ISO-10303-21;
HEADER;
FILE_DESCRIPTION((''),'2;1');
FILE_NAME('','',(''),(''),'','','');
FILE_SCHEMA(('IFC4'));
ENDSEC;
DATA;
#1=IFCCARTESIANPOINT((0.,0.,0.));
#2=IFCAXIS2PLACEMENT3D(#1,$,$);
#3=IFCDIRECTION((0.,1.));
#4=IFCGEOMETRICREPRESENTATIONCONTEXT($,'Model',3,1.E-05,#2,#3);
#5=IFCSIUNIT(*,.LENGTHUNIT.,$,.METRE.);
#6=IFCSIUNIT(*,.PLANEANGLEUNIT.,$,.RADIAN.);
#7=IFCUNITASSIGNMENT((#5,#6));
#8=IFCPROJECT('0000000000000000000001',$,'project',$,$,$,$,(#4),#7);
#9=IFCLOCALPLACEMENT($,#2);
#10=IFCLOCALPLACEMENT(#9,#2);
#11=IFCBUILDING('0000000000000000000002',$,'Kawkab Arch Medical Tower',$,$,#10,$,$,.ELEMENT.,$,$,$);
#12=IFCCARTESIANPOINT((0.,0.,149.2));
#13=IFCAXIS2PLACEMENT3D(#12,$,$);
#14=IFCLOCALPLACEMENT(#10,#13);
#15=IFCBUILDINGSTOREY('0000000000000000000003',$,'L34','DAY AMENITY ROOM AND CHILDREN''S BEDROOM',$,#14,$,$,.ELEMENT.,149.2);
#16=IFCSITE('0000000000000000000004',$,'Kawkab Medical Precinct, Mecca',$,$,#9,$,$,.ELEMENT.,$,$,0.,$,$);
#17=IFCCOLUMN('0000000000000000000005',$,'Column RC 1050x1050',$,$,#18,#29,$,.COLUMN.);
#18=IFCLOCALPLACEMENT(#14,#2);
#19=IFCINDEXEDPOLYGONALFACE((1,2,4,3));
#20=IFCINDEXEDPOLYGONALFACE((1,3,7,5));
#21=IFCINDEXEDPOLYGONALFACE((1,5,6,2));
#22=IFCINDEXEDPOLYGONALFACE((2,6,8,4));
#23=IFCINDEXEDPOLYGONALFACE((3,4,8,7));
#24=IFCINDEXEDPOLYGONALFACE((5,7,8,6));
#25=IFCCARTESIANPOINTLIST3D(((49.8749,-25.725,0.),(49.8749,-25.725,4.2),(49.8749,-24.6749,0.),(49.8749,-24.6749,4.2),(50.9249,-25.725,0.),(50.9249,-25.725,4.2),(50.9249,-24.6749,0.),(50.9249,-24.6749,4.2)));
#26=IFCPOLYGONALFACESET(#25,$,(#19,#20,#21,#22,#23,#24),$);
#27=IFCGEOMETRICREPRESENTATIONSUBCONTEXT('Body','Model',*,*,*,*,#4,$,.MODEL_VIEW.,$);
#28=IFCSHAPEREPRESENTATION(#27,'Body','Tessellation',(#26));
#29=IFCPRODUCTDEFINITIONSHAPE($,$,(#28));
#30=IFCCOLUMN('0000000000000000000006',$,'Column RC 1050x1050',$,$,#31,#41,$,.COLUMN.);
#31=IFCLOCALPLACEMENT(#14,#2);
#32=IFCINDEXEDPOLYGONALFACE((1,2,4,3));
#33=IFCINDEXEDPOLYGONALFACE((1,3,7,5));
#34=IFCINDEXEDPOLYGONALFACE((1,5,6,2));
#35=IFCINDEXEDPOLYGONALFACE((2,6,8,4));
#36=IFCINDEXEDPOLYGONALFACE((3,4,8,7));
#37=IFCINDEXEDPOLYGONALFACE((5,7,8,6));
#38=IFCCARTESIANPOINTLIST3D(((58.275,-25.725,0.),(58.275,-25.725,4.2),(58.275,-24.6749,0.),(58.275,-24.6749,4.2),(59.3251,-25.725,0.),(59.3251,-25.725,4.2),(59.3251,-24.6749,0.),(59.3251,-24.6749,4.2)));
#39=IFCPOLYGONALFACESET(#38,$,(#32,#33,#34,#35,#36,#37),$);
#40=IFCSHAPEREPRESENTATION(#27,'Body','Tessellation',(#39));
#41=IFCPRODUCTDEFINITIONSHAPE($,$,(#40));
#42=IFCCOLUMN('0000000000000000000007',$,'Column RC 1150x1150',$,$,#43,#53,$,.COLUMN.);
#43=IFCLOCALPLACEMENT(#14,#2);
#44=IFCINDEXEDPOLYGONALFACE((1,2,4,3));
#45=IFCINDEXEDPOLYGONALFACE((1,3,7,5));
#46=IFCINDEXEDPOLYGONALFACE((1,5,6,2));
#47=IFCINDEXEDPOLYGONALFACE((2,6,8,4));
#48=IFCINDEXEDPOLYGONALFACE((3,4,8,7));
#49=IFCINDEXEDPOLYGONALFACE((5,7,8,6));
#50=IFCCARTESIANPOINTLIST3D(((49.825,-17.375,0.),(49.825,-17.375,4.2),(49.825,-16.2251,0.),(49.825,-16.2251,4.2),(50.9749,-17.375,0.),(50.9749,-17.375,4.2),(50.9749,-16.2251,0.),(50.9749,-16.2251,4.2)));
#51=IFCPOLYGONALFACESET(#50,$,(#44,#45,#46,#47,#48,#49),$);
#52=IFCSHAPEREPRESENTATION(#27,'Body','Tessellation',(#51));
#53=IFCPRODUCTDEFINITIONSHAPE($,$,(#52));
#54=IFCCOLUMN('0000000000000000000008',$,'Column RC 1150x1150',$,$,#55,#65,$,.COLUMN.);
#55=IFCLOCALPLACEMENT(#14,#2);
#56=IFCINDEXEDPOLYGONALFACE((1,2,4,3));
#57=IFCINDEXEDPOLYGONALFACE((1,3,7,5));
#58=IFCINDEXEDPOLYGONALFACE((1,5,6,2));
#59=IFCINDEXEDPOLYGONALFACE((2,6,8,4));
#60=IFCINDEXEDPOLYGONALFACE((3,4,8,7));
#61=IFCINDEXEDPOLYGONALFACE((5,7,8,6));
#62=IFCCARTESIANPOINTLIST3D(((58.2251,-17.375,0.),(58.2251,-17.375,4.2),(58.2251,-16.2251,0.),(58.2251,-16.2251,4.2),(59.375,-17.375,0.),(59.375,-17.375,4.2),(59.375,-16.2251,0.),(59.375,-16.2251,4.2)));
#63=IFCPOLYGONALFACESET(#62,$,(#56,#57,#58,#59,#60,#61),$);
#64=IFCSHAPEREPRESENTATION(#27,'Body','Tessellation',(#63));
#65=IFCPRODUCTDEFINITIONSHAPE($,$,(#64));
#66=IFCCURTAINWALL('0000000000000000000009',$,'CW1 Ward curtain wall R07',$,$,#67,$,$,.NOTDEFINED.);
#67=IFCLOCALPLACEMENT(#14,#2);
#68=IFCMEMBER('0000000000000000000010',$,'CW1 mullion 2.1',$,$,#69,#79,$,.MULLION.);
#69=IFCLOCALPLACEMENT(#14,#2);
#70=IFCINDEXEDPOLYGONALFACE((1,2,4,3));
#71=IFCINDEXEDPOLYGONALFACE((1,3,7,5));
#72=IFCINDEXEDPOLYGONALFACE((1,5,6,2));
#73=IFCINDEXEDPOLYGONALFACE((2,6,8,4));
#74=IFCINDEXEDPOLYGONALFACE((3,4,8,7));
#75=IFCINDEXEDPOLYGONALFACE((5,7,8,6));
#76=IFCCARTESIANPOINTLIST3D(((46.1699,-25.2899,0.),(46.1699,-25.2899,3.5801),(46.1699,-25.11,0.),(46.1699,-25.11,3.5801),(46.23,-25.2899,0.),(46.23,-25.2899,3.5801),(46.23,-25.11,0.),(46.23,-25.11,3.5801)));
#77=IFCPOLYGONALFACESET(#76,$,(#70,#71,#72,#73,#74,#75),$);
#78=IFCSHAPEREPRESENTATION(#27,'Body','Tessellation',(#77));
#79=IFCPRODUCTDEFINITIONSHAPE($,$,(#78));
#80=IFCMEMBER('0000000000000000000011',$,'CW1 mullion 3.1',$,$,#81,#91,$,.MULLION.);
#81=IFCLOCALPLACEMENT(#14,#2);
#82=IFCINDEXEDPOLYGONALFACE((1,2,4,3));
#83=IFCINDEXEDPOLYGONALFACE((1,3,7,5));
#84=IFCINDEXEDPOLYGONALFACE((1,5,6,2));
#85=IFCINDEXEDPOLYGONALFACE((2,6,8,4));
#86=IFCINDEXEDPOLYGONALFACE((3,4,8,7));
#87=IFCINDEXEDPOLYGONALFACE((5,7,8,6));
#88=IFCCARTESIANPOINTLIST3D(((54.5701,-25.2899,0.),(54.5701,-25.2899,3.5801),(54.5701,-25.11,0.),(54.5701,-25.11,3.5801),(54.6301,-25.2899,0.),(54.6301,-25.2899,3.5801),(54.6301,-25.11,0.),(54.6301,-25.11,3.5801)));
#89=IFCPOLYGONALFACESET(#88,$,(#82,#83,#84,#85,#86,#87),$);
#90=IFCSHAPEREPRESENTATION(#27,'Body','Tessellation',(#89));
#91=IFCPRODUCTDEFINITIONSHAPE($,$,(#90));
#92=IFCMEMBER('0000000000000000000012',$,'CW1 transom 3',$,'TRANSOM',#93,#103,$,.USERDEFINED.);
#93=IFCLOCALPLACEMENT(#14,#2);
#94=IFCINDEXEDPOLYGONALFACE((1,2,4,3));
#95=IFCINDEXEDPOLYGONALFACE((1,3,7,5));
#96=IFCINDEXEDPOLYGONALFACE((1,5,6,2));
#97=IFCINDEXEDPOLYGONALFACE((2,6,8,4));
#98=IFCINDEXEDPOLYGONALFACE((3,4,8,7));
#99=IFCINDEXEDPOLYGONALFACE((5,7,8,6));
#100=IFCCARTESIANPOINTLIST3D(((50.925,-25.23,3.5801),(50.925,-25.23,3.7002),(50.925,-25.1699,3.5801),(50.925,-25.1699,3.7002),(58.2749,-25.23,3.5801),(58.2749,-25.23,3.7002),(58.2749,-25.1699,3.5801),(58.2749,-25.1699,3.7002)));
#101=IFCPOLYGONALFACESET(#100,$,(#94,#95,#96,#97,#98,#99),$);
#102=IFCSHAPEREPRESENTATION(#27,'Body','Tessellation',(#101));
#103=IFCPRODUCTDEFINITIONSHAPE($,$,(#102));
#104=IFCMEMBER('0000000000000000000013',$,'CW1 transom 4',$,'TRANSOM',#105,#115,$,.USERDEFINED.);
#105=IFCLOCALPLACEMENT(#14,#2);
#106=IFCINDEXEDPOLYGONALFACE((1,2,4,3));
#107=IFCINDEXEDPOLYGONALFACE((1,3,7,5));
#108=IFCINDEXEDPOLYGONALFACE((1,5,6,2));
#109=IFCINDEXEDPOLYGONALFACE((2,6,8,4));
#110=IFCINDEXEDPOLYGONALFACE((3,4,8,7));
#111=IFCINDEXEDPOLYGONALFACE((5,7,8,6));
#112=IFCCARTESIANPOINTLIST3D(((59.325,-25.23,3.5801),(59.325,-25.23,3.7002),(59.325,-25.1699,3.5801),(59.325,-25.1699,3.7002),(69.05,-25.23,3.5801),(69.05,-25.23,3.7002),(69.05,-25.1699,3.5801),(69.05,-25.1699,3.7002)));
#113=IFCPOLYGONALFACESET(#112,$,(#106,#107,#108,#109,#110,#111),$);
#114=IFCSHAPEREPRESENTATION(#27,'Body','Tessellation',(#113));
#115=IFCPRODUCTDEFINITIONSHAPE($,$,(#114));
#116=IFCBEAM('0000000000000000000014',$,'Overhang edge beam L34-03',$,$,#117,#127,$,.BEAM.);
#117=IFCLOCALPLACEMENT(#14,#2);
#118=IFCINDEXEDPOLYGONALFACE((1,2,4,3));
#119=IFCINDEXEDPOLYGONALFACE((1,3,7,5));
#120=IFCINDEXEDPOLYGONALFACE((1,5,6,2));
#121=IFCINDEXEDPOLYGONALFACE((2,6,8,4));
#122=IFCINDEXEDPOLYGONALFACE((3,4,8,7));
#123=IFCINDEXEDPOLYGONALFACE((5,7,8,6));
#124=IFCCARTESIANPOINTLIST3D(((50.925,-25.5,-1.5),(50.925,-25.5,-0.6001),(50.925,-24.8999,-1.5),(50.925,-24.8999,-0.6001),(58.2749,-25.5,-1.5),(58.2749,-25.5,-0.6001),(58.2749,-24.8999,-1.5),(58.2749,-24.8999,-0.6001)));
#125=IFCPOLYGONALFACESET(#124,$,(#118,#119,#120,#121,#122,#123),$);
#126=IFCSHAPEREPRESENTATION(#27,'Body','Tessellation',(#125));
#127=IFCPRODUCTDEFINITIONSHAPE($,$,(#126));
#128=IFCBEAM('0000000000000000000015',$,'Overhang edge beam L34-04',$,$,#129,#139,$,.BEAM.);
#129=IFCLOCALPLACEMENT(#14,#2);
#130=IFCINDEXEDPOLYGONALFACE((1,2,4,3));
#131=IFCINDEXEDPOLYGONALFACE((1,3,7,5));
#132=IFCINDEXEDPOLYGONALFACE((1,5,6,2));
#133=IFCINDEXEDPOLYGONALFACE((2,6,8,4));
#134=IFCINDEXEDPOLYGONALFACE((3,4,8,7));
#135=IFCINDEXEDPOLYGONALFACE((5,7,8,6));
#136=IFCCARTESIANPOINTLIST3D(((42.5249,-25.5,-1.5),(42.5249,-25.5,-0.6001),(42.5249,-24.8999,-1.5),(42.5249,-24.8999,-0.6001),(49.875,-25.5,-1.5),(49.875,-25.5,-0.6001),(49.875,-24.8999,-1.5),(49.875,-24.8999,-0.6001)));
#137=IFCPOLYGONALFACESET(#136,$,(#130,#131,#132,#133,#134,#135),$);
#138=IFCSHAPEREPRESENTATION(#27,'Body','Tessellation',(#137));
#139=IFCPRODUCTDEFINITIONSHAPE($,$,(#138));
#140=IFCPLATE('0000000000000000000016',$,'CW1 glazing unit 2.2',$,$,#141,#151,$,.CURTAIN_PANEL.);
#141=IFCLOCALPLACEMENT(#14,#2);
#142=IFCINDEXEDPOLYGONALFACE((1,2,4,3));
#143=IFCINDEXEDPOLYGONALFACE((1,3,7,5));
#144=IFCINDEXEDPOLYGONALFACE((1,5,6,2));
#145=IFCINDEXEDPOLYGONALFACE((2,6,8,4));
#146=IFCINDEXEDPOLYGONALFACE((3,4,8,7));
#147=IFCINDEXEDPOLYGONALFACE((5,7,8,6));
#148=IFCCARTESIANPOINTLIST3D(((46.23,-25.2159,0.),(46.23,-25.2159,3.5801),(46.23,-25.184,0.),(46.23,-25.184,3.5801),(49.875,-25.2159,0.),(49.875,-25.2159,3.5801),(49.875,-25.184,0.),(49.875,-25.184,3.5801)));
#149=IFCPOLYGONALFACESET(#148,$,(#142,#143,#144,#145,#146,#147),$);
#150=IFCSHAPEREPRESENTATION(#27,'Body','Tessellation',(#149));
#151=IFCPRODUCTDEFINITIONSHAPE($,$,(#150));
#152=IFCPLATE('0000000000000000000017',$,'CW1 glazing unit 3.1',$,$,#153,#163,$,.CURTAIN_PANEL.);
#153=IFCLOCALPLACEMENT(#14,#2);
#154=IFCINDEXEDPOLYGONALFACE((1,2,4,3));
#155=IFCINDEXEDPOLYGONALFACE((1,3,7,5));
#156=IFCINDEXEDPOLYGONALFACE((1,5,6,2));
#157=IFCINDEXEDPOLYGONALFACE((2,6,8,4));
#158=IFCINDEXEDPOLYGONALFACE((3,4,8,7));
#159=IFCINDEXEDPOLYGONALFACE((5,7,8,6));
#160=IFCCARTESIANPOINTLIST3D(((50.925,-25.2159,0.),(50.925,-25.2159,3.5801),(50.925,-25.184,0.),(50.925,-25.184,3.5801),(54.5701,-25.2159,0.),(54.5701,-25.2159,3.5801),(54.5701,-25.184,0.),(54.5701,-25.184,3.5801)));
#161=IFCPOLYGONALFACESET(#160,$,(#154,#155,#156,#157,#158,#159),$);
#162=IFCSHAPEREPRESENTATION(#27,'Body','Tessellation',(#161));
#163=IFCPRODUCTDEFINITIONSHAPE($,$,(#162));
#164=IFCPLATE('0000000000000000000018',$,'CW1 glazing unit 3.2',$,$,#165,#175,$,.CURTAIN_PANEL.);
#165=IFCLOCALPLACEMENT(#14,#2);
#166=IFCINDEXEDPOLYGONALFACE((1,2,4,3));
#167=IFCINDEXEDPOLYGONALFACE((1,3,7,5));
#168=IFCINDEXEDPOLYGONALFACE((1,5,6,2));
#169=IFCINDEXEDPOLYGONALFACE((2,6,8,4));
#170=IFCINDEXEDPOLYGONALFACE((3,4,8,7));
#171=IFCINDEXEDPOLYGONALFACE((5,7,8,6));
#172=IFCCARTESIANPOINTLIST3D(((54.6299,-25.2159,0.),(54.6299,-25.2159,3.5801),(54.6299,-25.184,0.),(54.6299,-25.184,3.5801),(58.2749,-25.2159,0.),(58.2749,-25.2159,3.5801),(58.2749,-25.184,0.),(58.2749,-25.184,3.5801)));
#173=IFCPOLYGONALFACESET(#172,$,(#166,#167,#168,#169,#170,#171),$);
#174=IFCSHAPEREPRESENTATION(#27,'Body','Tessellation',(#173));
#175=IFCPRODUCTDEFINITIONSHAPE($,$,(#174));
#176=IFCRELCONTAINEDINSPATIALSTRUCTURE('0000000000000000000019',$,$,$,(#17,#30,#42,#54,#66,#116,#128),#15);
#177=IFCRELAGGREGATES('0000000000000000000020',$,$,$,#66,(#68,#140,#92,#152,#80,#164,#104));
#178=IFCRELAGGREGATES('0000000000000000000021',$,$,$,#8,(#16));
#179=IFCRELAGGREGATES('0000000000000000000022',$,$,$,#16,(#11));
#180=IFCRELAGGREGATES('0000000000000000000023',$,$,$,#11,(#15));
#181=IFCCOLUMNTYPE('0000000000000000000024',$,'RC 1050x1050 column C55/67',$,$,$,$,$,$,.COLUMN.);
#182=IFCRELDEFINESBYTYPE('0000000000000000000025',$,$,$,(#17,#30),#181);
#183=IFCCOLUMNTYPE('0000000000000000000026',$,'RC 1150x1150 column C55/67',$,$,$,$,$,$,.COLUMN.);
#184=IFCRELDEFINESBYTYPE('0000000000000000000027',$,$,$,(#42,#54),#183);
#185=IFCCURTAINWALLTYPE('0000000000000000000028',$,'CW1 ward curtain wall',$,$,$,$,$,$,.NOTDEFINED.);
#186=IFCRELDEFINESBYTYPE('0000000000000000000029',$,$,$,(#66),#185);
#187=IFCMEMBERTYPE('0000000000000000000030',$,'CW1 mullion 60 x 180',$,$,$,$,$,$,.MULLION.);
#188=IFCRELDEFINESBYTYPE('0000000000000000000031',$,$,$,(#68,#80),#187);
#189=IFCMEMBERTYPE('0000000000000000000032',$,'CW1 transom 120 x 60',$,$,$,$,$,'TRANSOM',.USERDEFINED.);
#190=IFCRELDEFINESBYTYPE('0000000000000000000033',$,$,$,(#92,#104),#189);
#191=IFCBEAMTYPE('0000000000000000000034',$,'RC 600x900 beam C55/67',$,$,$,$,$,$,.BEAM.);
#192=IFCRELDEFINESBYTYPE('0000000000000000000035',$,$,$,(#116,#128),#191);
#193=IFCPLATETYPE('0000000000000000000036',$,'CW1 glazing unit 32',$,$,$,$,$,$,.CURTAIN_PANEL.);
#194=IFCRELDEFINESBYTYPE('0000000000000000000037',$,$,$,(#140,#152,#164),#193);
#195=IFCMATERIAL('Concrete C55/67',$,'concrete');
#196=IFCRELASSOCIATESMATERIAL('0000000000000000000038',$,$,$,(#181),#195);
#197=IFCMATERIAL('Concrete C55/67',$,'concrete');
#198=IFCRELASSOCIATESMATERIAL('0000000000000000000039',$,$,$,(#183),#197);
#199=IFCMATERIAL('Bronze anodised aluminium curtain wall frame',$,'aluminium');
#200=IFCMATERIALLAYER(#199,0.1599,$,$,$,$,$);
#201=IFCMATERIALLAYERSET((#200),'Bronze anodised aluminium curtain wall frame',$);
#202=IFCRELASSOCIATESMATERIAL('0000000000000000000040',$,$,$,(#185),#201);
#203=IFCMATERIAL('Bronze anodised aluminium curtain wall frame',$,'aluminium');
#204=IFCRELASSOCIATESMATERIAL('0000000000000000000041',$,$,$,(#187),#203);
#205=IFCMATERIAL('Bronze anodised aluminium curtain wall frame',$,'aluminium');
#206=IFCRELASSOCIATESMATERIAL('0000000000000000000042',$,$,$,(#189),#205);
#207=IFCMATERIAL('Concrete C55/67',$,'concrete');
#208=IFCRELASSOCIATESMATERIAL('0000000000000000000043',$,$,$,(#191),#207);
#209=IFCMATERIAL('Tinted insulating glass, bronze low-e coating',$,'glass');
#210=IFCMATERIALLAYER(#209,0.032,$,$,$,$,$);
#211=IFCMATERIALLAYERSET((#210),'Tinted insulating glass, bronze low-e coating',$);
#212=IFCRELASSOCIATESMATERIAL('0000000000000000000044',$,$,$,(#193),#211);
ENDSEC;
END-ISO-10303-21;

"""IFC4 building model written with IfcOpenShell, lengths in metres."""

from ifc_helpers import new_model, si_unit, direction, frame, origin, origin_2d, place, context, subcontext, project, spatial, rectangle, extrude, material, layer, layer_set, material_profile, profile_set, type_object, element, aggregate, save


model = new_model("IFC4")

# Units and contexts
model_context = context("Model", 3, precision=1e-05, world=origin(), true_north=direction((0.0, 1.0)))
body_context = subcontext(model_context, "Body", "Model", "MODEL_VIEW")
ifc_project = project(units=[si_unit("LENGTHUNIT", "METRE"), si_unit("PLANEANGLEUNIT", "RADIAN")], contexts=[model_context])

# Site, building, storey
site_placement = place(None, origin())
site = spatial("IfcSite", under=ifc_project, at=site_placement, Name="Kawkab Medical Precinct, Mecca", CompositionType="ELEMENT", RefElevation=0.0)
building_placement = place(site_placement, origin())
building = spatial("IfcBuilding", under=site, at=building_placement, Name="Kawkab Arch Medical Tower", CompositionType="ELEMENT")
storey_placement = place(building_placement, frame((0.0, 0.0, 149.2)))
storey = spatial("IfcBuildingStorey", under=building, at=storey_placement, Name="L34", Description="DAY AMENITY ROOM AND CHILDREN'S BEDROOM", CompositionType="ELEMENT", Elevation=149.2)

# Columns
ifc_material_1 = material(Name="Concrete C55/67", Category="concrete")
ifc_material_profile_1 = material_profile(ifc_material_1, rectangle(XDim=1.05, YDim=1.05, at=origin_2d()), Name="RC 1050x1050")
ifc_profile_set_1 = profile_set([ifc_material_profile_1], Name="Concrete C55/67")
column_type_1 = type_object("IfcColumnType", Name="RC 1050x1050 column C55/67", PredefinedType="COLUMN", material=ifc_profile_set_1)
for number, where, z_axis, x_axis, name in (
    (1, (50.3999, -25.2, 0.0), (0.0, 0.0, 1.0), (1.0, 0.0, 0.0), "Column RC 1050x1050"),
    (2, (58.8, -25.2, 0.0), (0.0, 0.0, 1.0), (1.0, 0.0, 0.0), "Column RC 1050x1050"),
):
    element("IfcColumn", number, at=place(storey_placement, frame(where, z_axis=z_axis, x_axis=x_axis)), inside=storey, type_object=column_type_1, Name=name, PredefinedType="COLUMN", context=body_context, shape_type="SweptSolid", body=[
        extrude(rectangle(XDim=1.05, YDim=1.05, at=origin_2d()), origin(), (0.0, 0.0, 1.0), 4.2),
    ])
ifc_material_2 = material(Name="Concrete C55/67", Category="concrete")
ifc_material_profile_2 = material_profile(ifc_material_2, rectangle(XDim=1.1499, YDim=1.1499, at=origin_2d()), Name="RC 1150x1150")
ifc_profile_set_2 = profile_set([ifc_material_profile_2], Name="Concrete C55/67")
column_type_2 = type_object("IfcColumnType", Name="RC 1150x1150 column C55/67", PredefinedType="COLUMN", material=ifc_profile_set_2)
for number, where, z_axis, x_axis, name in (
    (3, (50.3999, -16.8, 0.0), (0.0, 0.0, 1.0), (1.0, 0.0, 0.0), "Column RC 1150x1150"),
    (4, (58.8, -16.8, 0.0), (0.0, 0.0, 1.0), (1.0, 0.0, 0.0), "Column RC 1150x1150"),
):
    element("IfcColumn", number, at=place(storey_placement, frame(where, z_axis=z_axis, x_axis=x_axis)), inside=storey, type_object=column_type_2, Name=name, PredefinedType="COLUMN", context=body_context, shape_type="SweptSolid", body=[
        extrude(rectangle(XDim=1.1499, YDim=1.1499, at=origin_2d()), origin(), (0.0, 0.0, 1.0), 4.2),
    ])

# Curtain wall, members
ifc_material_3 = material(Name="Bronze anodised aluminium curtain wall frame", Category="aluminium")
ifc_layer_1 = layer(ifc_material_3, 0.1599)
ifc_layer_set_1 = layer_set([ifc_layer_1], Name="Bronze anodised aluminium curtain wall frame")
curtain_wall_type = type_object("IfcCurtainWallType", Name="CW1 ward curtain wall", PredefinedType="NOTDEFINED", material=ifc_layer_set_1)
curtain_wall_placement = place(storey_placement, origin())
curtain_wall = element("IfcCurtainWall", 5, at=curtain_wall_placement, inside=storey, type_object=curtain_wall_type, Name="CW1 Ward curtain wall R07", PredefinedType="NOTDEFINED")
ifc_material_4 = material(Name="Bronze anodised aluminium curtain wall frame", Category="aluminium")
ifc_material_profile_3 = material_profile(ifc_material_4, rectangle(XDim=0.1799, YDim=0.0601, at=origin_2d()), Name="AL 60x180")
ifc_profile_set_3 = profile_set([ifc_material_profile_3], Name="Bronze anodised aluminium curtain wall frame")
member_type_1 = type_object("IfcMemberType", Name="CW1 mullion 60 x 180", PredefinedType="MULLION", material=ifc_profile_set_3)
member_1_placement = place(storey_placement, frame((46.2, -25.2, 0.0), z_axis=(0.0, 0.0, 1.0), x_axis=(0.0, 1.0, 0.0)))
member_1 = element("IfcMember", 6, at=member_1_placement, type_object=member_type_1, Name="CW1 mullion 2.1", PredefinedType="MULLION", context=body_context, shape_type="SweptSolid", body=[
    extrude(rectangle(XDim=0.1799, YDim=0.0601, at=origin_2d()), origin(), (0.0, 0.0, 1.0), 3.5801),
])
member_2_placement = place(storey_placement, frame((54.6001, -25.2, 0.0), z_axis=(0.0, 0.0, 1.0), x_axis=(0.0, 1.0, 0.0)))
member_2 = element("IfcMember", 7, at=member_2_placement, type_object=member_type_1, Name="CW1 mullion 3.1", PredefinedType="MULLION", context=body_context, shape_type="SweptSolid", body=[
    extrude(rectangle(XDim=0.1799, YDim=0.0601, at=origin_2d()), origin(), (0.0, 0.0, 1.0), 3.5801),
])
ifc_material_5 = material(Name="Bronze anodised aluminium curtain wall frame", Category="aluminium")
ifc_material_profile_4 = material_profile(ifc_material_5, rectangle(XDim=0.0601, YDim=0.1201, at=origin_2d()), Name="AL 60x120")
ifc_profile_set_4 = profile_set([ifc_material_profile_4], Name="Bronze anodised aluminium curtain wall frame")
member_type_2 = type_object("IfcMemberType", Name="CW1 transom 120 x 60", ElementType="TRANSOM", PredefinedType="USERDEFINED", material=ifc_profile_set_4)
member_3_placement = place(storey_placement, frame((50.925, -25.2, 3.6401), z_axis=(1.0, 0.0, 0.0), x_axis=(0.0, 1.0, 0.0)))
member_3 = element("IfcMember", 8, at=member_3_placement, type_object=member_type_2, Name="CW1 transom 3", ObjectType="TRANSOM", PredefinedType="USERDEFINED", context=body_context, shape_type="SweptSolid", body=[
    extrude(rectangle(XDim=0.0601, YDim=0.1201, at=origin_2d()), origin(), (0.0, 0.0, 1.0), 7.3499),
])
member_4_placement = place(storey_placement, frame((59.325, -25.2, 3.6401), z_axis=(1.0, 0.0, 0.0), x_axis=(0.0, 1.0, 0.0)))
member_4 = element("IfcMember", 9, at=member_4_placement, type_object=member_type_2, Name="CW1 transom 4", ObjectType="TRANSOM", PredefinedType="USERDEFINED", context=body_context, shape_type="SweptSolid", body=[
    extrude(rectangle(XDim=0.0601, YDim=0.1201, at=origin_2d()), origin(), (0.0, 0.0, 1.0), 9.7251),
])

# Beams
ifc_material_6 = material(Name="Concrete C55/67", Category="concrete")
ifc_material_profile_5 = material_profile(ifc_material_6, rectangle(XDim=0.6001, YDim=0.8999, at=origin_2d()), Name="RC 600x900")
ifc_profile_set_5 = profile_set([ifc_material_profile_5], Name="Concrete C55/67")
beam_type = type_object("IfcBeamType", Name="RC 600x900 beam C55/67", PredefinedType="BEAM", material=ifc_profile_set_5)
beam_1_placement = place(storey_placement, frame((58.2749, -25.2, -1.05), z_axis=(-1.0, 0.0, 0.0), x_axis=(0.0, -1.0, 0.0)))
element("IfcBeam", 10, at=beam_1_placement, inside=storey, type_object=beam_type, Name="Overhang edge beam L34-03", PredefinedType="BEAM", context=body_context, shape_type="SweptSolid", body=[
    extrude(rectangle(XDim=0.6001, YDim=0.8999, at=origin_2d()), origin(), (0.0, 0.0, 1.0), 7.3499),
])
beam_2_placement = place(storey_placement, frame((49.875, -25.2, -1.05), z_axis=(-1.0, 0.0, 0.0), x_axis=(0.0, -1.0, 0.0)))
element("IfcBeam", 11, at=beam_2_placement, inside=storey, type_object=beam_type, Name="Overhang edge beam L34-04", PredefinedType="BEAM", context=body_context, shape_type="SweptSolid", body=[
    extrude(rectangle(XDim=0.6001, YDim=0.8999, at=origin_2d()), origin(), (0.0, 0.0, 1.0), 7.3501),
])

# Plates
ifc_material_7 = material(Name="Tinted insulating glass, bronze low-e coating", Category="glass")
ifc_layer_2 = layer(ifc_material_7, 0.032)
ifc_layer_set_2 = layer_set([ifc_layer_2], Name="Tinted insulating glass, bronze low-e coating")
plate_type = type_object("IfcPlateType", Name="CW1 glazing unit 32", PredefinedType="CURTAIN_PANEL", material=ifc_layer_set_2)
plate_1_placement = place(storey_placement, frame((48.0525, -25.2, 0.0), z_axis=(0.0, 0.0, 1.0), x_axis=(1.0, 0.0, 0.0)))
plate_1 = element("IfcPlate", 12, at=plate_1_placement, type_object=plate_type, Name="CW1 glazing unit 2.2", PredefinedType="CURTAIN_PANEL", context=body_context, shape_type="SweptSolid", body=[
    extrude(rectangle(XDim=3.645, YDim=0.032, at=origin_2d()), origin(), (0.0, 0.0, 1.0), 3.5801),
])
plate_2_placement = place(storey_placement, frame((52.7476, -25.2, 0.0), z_axis=(0.0, 0.0, 1.0), x_axis=(1.0, 0.0, 0.0)))
plate_2 = element("IfcPlate", 13, at=plate_2_placement, type_object=plate_type, Name="CW1 glazing unit 3.1", PredefinedType="CURTAIN_PANEL", context=body_context, shape_type="SweptSolid", body=[
    extrude(rectangle(XDim=3.645, YDim=0.032, at=origin_2d()), origin(), (0.0, 0.0, 1.0), 3.5801),
])
plate_3_placement = place(storey_placement, frame((56.4524, -25.2, 0.0), z_axis=(0.0, 0.0, 1.0), x_axis=(1.0, 0.0, 0.0)))
plate_3 = element("IfcPlate", 14, at=plate_3_placement, type_object=plate_type, Name="CW1 glazing unit 3.2", PredefinedType="CURTAIN_PANEL", context=body_context, shape_type="SweptSolid", body=[
    extrude(rectangle(XDim=3.645, YDim=0.032, at=origin_2d()), origin(), (0.0, 0.0, 1.0), 3.5801),
])
aggregate(curtain_wall, [member_1, plate_1, member_3, plate_2, member_2, plate_3, member_4])

save(model, "model.ifc")
